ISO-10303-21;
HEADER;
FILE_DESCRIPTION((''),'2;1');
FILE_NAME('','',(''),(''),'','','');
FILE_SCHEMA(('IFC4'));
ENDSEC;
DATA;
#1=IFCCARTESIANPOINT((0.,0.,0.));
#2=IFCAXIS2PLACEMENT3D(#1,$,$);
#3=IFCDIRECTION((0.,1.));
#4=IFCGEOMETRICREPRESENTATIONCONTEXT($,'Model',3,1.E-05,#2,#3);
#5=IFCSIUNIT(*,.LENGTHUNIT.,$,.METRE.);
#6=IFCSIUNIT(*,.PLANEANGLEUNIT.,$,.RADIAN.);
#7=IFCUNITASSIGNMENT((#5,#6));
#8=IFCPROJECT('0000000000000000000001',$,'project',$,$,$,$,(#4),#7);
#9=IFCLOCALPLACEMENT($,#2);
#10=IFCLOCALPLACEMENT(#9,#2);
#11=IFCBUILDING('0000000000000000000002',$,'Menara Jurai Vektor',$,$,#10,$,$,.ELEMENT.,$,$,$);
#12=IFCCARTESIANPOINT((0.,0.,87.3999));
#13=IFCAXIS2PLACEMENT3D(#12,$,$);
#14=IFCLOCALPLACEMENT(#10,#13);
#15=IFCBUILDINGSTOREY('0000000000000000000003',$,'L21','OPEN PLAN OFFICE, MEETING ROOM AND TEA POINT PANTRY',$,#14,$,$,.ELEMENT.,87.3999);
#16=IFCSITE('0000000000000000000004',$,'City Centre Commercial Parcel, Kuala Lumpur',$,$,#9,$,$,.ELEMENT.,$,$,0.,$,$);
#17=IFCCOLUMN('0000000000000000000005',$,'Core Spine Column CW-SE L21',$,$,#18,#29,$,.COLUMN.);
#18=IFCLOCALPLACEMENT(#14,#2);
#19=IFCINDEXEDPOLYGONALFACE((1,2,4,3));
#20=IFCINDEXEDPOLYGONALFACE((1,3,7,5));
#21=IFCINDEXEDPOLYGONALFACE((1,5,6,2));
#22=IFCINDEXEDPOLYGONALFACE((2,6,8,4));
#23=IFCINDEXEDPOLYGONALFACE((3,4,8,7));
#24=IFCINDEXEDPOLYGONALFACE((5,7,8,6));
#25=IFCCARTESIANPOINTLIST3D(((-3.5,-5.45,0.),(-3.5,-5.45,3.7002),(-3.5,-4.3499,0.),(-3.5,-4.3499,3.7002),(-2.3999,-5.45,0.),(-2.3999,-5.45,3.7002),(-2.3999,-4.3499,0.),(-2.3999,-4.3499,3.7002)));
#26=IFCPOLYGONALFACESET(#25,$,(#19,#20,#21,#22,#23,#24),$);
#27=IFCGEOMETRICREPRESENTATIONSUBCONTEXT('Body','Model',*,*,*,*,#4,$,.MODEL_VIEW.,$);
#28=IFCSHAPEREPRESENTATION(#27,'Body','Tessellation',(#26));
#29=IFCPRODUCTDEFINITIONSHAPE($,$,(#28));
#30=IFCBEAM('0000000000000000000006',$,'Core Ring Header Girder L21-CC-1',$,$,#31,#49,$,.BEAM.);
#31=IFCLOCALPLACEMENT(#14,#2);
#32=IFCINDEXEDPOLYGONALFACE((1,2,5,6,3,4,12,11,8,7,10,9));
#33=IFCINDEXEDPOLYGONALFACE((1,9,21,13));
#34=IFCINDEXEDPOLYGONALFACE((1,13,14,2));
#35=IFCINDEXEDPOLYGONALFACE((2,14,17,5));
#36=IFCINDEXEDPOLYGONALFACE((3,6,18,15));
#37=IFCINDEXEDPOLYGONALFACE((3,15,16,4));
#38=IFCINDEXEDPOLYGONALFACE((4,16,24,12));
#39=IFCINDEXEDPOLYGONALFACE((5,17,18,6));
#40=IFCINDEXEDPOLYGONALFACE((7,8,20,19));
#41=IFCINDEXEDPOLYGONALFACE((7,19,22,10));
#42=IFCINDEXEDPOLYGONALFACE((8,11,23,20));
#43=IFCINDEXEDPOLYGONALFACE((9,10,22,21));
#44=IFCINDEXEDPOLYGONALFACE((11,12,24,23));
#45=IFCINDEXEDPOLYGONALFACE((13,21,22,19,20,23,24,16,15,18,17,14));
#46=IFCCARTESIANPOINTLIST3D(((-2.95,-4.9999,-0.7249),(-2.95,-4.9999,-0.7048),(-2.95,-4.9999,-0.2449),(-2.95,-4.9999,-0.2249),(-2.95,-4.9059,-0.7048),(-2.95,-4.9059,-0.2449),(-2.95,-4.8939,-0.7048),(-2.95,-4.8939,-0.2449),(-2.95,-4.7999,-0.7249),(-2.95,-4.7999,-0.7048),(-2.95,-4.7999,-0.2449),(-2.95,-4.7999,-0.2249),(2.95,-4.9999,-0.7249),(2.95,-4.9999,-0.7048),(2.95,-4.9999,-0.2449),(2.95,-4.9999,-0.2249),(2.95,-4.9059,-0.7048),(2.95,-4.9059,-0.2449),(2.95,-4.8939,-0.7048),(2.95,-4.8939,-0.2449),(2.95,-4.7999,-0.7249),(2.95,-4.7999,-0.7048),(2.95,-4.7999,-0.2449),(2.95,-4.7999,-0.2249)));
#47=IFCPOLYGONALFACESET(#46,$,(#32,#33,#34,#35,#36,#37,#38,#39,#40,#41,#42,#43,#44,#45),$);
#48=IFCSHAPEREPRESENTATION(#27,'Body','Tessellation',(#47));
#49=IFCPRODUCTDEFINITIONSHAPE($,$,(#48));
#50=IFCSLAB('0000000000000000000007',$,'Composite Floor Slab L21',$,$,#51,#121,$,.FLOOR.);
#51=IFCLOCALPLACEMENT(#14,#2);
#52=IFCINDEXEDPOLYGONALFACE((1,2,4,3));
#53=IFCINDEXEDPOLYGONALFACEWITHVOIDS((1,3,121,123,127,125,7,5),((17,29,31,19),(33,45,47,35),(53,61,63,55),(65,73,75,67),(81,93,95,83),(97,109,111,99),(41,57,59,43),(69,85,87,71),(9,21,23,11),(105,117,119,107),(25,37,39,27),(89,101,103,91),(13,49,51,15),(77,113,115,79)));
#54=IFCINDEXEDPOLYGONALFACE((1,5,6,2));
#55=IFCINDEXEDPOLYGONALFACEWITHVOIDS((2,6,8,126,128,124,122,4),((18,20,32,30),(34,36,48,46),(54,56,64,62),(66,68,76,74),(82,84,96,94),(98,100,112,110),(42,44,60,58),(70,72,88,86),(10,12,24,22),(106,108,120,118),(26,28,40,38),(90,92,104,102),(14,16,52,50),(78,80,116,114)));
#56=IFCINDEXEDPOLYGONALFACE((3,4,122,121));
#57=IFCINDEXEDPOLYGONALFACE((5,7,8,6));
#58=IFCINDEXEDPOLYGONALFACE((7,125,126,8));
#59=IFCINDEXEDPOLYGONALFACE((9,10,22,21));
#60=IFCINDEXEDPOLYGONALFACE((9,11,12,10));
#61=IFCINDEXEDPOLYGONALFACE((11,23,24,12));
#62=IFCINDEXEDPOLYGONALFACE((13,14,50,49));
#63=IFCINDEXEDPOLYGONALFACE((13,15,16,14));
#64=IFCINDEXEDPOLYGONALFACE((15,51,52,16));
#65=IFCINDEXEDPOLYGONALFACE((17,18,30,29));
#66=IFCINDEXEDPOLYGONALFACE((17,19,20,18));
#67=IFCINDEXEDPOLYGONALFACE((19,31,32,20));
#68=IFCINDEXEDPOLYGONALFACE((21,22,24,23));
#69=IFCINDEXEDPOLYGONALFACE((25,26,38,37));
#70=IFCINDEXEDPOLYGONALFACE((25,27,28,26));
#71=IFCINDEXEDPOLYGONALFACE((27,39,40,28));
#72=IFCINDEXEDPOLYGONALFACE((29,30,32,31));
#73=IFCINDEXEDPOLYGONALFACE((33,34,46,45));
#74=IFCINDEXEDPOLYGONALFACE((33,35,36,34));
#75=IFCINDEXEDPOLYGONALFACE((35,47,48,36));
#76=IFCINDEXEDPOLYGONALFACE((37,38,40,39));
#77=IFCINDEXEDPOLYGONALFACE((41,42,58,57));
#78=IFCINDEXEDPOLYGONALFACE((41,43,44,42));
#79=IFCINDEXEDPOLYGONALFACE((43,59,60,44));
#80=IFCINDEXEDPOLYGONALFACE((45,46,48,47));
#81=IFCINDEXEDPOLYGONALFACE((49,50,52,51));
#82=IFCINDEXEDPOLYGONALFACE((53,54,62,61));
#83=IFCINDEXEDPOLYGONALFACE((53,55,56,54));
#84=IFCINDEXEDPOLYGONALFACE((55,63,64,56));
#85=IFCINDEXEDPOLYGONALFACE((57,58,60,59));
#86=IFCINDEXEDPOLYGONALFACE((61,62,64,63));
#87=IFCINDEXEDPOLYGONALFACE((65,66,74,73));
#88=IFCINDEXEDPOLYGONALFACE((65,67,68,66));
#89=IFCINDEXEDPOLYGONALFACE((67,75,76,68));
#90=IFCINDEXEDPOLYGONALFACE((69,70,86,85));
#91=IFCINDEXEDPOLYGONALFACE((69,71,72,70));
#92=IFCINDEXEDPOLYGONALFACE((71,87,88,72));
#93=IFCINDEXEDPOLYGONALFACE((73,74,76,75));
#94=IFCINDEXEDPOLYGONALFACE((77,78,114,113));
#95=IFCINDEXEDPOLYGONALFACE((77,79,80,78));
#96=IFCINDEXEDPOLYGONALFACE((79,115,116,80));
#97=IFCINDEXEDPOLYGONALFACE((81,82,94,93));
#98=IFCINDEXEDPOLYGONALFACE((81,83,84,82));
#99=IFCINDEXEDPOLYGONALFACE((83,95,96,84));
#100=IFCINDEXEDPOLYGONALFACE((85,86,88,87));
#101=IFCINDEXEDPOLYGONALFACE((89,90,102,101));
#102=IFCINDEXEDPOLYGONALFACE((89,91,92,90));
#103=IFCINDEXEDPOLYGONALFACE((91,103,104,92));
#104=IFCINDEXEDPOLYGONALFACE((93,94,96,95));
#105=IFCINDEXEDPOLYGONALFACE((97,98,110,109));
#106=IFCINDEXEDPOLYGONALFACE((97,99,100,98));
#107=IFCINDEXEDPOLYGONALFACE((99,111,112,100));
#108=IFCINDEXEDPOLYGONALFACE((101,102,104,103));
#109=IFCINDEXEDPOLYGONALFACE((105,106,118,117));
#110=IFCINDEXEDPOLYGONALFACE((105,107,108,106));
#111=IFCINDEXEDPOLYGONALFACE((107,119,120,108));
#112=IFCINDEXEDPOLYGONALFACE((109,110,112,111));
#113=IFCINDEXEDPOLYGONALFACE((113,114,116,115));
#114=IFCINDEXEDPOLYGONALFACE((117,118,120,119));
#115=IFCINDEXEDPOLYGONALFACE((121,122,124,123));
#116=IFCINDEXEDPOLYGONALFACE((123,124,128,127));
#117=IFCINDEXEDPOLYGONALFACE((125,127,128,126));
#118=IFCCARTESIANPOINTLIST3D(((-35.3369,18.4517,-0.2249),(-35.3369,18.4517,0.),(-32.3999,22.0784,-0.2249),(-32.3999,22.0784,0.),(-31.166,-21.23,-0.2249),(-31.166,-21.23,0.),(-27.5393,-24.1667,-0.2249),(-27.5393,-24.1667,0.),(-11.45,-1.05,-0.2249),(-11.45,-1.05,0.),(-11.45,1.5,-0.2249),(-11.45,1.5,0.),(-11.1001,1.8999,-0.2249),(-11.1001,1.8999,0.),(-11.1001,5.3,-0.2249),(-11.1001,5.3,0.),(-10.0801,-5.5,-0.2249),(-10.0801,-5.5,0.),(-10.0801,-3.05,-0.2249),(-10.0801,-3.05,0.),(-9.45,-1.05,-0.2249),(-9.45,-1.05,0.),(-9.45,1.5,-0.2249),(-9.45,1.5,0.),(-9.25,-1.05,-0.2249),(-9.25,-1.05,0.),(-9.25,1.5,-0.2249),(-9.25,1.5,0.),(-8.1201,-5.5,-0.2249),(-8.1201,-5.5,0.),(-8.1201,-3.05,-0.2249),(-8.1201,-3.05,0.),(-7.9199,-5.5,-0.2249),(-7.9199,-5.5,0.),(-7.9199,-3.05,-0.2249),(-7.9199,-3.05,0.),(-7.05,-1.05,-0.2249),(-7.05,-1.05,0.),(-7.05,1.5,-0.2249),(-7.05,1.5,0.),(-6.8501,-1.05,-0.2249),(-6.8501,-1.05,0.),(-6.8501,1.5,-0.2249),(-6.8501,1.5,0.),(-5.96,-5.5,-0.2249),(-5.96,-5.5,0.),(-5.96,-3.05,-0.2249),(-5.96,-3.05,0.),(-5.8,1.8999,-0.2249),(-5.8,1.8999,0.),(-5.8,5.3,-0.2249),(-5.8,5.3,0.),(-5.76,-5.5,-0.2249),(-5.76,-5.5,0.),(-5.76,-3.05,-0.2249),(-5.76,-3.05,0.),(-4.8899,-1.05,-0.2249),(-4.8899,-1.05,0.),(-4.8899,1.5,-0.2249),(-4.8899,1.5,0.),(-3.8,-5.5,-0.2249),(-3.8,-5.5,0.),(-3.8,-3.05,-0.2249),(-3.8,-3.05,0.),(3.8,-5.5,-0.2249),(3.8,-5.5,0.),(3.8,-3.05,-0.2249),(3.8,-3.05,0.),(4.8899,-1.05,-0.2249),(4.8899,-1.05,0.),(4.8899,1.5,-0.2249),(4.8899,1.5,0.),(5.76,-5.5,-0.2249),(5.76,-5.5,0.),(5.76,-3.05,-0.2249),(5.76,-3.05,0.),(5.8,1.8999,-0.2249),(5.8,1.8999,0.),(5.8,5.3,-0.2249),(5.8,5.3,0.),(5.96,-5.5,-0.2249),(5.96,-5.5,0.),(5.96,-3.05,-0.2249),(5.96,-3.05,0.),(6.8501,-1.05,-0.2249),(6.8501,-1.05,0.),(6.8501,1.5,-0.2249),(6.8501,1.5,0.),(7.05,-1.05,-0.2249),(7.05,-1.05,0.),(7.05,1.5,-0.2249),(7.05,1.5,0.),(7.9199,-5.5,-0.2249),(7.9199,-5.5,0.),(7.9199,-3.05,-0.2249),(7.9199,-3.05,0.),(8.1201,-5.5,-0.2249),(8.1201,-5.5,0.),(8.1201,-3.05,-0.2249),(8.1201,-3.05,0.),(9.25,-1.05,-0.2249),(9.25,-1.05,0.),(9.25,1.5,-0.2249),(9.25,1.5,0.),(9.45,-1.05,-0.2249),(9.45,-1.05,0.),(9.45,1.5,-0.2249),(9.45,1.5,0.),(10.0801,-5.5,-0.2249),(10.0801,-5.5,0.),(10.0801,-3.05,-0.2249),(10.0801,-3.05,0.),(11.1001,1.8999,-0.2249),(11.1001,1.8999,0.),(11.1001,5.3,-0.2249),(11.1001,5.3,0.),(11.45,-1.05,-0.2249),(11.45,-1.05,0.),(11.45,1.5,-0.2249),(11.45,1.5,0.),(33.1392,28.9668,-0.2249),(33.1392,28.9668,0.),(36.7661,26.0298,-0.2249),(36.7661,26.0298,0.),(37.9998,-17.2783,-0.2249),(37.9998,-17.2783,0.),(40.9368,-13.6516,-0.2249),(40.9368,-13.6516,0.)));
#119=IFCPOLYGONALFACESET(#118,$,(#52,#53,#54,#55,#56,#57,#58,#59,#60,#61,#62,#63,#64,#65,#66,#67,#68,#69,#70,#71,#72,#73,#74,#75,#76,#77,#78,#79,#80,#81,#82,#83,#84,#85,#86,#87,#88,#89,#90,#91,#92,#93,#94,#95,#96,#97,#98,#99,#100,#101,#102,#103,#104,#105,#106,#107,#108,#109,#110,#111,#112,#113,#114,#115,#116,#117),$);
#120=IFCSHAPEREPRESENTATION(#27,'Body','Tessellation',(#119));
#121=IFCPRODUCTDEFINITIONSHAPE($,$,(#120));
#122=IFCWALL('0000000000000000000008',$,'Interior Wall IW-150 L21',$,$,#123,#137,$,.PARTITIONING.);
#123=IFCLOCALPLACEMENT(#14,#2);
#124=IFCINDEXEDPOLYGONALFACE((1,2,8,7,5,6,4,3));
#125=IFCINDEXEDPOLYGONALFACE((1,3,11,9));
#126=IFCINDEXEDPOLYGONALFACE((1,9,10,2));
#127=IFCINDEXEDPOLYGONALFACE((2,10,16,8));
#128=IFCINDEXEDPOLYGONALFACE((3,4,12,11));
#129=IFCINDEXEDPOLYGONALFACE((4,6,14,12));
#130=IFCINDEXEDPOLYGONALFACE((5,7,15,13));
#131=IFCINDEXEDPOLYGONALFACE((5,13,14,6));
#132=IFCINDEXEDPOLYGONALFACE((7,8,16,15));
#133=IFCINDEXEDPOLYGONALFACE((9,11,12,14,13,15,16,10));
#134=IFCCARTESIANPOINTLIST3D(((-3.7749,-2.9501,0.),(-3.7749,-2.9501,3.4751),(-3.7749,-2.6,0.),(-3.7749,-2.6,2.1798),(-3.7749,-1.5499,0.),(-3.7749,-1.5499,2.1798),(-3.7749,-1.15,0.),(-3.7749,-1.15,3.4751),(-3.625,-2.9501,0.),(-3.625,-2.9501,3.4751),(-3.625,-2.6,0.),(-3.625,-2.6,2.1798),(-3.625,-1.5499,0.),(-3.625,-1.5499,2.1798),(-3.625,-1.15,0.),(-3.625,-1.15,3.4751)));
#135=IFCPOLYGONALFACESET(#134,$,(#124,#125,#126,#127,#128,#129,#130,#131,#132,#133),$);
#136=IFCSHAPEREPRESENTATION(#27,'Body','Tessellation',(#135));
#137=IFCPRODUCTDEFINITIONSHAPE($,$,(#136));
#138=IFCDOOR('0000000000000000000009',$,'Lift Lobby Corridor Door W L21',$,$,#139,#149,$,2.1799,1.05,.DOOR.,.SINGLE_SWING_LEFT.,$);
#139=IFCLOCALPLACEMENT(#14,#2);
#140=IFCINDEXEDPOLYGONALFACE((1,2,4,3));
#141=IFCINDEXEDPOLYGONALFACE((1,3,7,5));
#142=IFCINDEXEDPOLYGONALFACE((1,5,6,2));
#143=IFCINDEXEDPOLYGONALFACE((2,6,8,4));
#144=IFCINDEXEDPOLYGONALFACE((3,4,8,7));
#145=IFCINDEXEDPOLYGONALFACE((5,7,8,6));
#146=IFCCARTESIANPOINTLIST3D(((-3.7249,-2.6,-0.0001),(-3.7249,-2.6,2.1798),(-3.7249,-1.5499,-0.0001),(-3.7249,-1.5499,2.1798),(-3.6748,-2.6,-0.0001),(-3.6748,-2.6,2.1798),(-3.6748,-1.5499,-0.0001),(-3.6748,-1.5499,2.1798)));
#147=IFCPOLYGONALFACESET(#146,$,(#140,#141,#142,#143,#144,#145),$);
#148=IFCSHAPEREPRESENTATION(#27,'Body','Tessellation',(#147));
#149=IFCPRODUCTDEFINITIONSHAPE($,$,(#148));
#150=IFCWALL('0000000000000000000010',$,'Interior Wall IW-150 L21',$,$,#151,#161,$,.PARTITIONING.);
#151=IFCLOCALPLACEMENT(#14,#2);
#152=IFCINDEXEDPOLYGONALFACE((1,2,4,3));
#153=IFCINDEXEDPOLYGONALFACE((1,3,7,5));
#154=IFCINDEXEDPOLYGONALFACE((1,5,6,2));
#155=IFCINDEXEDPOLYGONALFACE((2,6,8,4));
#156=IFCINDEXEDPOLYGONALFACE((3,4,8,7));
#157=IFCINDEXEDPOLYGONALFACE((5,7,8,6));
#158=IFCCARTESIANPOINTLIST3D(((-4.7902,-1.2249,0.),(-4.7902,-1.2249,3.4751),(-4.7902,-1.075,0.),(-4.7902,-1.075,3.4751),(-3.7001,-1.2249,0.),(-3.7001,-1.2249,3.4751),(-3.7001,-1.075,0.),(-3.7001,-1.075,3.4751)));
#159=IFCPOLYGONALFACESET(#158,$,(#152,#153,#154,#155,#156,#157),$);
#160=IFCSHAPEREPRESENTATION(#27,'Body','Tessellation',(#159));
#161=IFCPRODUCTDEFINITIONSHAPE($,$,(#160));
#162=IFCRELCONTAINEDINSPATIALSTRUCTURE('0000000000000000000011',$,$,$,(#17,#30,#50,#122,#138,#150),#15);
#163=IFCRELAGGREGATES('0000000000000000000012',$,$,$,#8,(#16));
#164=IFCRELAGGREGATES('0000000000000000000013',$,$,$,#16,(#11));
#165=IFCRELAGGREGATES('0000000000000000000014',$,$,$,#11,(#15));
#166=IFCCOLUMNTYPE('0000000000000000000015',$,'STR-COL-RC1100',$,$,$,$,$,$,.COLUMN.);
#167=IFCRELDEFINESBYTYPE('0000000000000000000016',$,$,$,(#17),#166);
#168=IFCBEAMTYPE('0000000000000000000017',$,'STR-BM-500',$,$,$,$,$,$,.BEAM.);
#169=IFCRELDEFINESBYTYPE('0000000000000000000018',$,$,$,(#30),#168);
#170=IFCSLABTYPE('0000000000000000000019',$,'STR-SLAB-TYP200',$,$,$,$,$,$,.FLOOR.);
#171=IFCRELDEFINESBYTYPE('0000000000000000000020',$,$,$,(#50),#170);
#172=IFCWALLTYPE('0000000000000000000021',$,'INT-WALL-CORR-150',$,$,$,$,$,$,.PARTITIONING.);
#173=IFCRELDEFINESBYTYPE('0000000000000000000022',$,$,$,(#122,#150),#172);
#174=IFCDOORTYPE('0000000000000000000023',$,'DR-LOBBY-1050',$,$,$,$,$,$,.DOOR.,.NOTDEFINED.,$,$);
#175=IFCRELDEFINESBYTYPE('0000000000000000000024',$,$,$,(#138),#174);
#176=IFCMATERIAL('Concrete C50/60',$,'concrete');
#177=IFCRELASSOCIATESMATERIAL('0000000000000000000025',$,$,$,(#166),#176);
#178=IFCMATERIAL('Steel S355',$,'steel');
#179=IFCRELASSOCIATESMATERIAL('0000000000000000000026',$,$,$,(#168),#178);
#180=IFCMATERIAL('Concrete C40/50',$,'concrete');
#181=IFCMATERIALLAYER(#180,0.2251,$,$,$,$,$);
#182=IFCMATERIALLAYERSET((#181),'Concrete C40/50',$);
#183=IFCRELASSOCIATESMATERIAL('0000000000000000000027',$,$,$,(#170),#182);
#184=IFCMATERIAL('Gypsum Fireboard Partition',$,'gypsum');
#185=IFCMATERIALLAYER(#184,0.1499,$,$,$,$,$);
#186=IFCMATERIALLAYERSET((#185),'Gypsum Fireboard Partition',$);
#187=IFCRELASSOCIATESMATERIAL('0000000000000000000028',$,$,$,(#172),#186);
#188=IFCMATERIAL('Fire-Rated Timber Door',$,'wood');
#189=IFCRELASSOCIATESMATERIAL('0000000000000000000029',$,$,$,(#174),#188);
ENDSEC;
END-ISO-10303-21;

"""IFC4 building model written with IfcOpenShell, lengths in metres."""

from ifc_helpers import new_model, si_unit, direction, frame, frame_2d, origin, origin_2d, place, context, subcontext, project, spatial, polyline, rectangle, i_section, outline, extrude, material, layer, layer_set, material_profile, profile_set, type_object, element, fill, save


model = new_model("IFC4")

# Units and contexts
model_context = context("Model", 3, precision=1e-05, world=origin(), true_north=direction((0.0, 1.0)))
body_context = subcontext(model_context, "Body", "Model", "MODEL_VIEW")
ifc_project = project(units=[si_unit("LENGTHUNIT", "METRE"), si_unit("PLANEANGLEUNIT", "RADIAN")], contexts=[model_context])

# Site, building, storey
site_placement = place(None, origin())
site = spatial("IfcSite", under=ifc_project, at=site_placement, Name="City Centre Commercial Parcel, Kuala Lumpur", CompositionType="ELEMENT", RefElevation=0.0)
building_placement = place(site_placement, origin())
building = spatial("IfcBuilding", under=site, at=building_placement, Name="Menara Jurai Vektor", CompositionType="ELEMENT")
storey_placement = place(building_placement, frame((0.0, 0.0, 87.3999)))
storey = spatial("IfcBuildingStorey", under=building, at=storey_placement, Name="L21", Description="OPEN PLAN OFFICE, MEETING ROOM AND TEA POINT PANTRY", CompositionType="ELEMENT", Elevation=87.3999)

# Column
ifc_material_1 = material(Name="Concrete C50/60", Category="concrete")
ifc_material_profile_1 = material_profile(ifc_material_1, rectangle(XDim=1.1001, YDim=1.1001, at=origin_2d()), Name="RC 1100x1100")
ifc_profile_set_1 = profile_set([ifc_material_profile_1], Name="Concrete C50/60")
column_type = type_object("IfcColumnType", Name="STR-COL-RC1100", PredefinedType="COLUMN", material=ifc_profile_set_1)
column_placement = place(storey_placement, frame((-2.95, -4.8999, 0.0), z_axis=(0.0, 0.0, 1.0), x_axis=(1.0, 0.0, 0.0)))
element("IfcColumn", 1, at=column_placement, inside=storey, type_object=column_type, Name="Core Spine Column CW-SE L21", PredefinedType="COLUMN", context=body_context, shape_type="SweptSolid", body=[
    extrude(rectangle(XDim=1.1001, YDim=1.1001, at=origin_2d()), origin(), (0.0, 0.0, 1.0), 3.7002),
])

# Beam
ifc_material_2 = material(Name="Steel S355", Category="steel")
ifc_material_profile_2 = material_profile(ifc_material_2, i_section(OverallWidth=0.2, OverallDepth=0.5, WebThickness=0.012, FlangeThickness=0.02, at=origin_2d()), Name="PG 500x200x96")
ifc_profile_set_2 = profile_set([ifc_material_profile_2], Name="Steel S355")
beam_type = type_object("IfcBeamType", Name="STR-BM-500", PredefinedType="BEAM", material=ifc_profile_set_2)
beam_placement = place(storey_placement, frame((-2.95, -4.8999, -0.4749), z_axis=(1.0, 0.0, 0.0), x_axis=(0.0, 1.0, 0.0)))
element("IfcBeam", 2, at=beam_placement, inside=storey, type_object=beam_type, Name="Core Ring Header Girder L21-CC-1", PredefinedType="BEAM", context=body_context, shape_type="SweptSolid", body=[
    extrude(i_section(OverallWidth=0.2, OverallDepth=0.5, WebThickness=0.012, FlangeThickness=0.02, at=origin_2d()), origin(), (0.0, 0.0, 1.0), 5.8999),
])

# Slab
ifc_material_3 = material(Name="Concrete C40/50", Category="concrete")
ifc_layer_1 = layer(ifc_material_3, 0.2251)
ifc_layer_set_1 = layer_set([ifc_layer_1], Name="Concrete C40/50")
slab_type = type_object("IfcSlabType", Name="STR-SLAB-TYP200", PredefinedType="FLOOR", material=ifc_layer_set_1)
slab_placement = place(storey_placement, frame((0.0, 0.0, -0.2249)))
element("IfcSlab", 3, at=slab_placement, inside=storey, type_object=slab_type, Name="Composite Floor Slab L21", PredefinedType="FLOOR", context=body_context, shape_type="SweptSolid", body=[
    extrude(outline(polyline([(-27.5393, -24.1667), (37.9998, -17.2783), (40.9368, -13.6516), (36.7661, 26.0298), (33.1392, 28.9668), (-32.3999, 22.0784), (-35.3369, 18.4517), (-31.166, -21.23), (-27.5393, -24.1667)]), holes=[polyline([(-11.1001, 1.8999), (-11.1001, 5.3), (-5.8, 5.3), (-5.8, 1.8999), (-11.1001, 1.8999)]), polyline([(5.8, 1.8999), (5.8, 5.3), (11.1001, 5.3), (11.1001, 1.8999), (5.8, 1.8999)]), polyline([(-11.45, -1.05), (-11.45, 1.5), (-9.45, 1.5), (-9.45, -1.05), (-11.45, -1.05)]), polyline([(9.45, -1.05), (9.45, 1.5), (11.45, 1.5), (11.45, -1.05), (9.45, -1.05)]), polyline([(-5.76, -5.5), (-5.76, -3.05), (-3.8, -3.05), (-3.8, -5.5), (-5.76, -5.5)]), polyline([(-6.8501, -1.05), (-6.8501, 1.5), (-4.8899, 1.5), (-4.8899, -1.05), (-6.8501, -1.05)]), polyline([(3.8, -5.5), (3.8, -3.05), (5.76, -3.05), (5.76, -5.5), (3.8, -5.5)]), polyline([(4.8899, -1.05), (4.8899, 1.5), (6.8501, 1.5), (6.8501, -1.05), (4.8899, -1.05)]), polyline([(-10.0801, -5.5), (-10.0801, -3.05), (-8.1201, -3.05), (-8.1201, -5.5), (-10.0801, -5.5)]), polyline([(-7.9199, -5.5), (-7.9199, -3.05), (-5.96, -3.05), (-5.96, -5.5), (-7.9199, -5.5)]), polyline([(5.96, -5.5), (5.96, -3.05), (7.9199, -3.05), (7.9199, -5.5), (5.96, -5.5)]), polyline([(8.1201, -5.5), (8.1201, -3.05), (10.0801, -3.05), (10.0801, -5.5), (8.1201, -5.5)]), polyline([(-9.25, -1.05), (-9.25, 1.5), (-7.05, 1.5), (-7.05, -1.05), (-9.25, -1.05)]), polyline([(7.05, -1.05), (7.05, 1.5), (9.25, 1.5), (9.25, -1.05), (7.05, -1.05)])]), origin(), (0.0, 0.0, 1.0), 0.2249),
])

# Wall, opening, door
ifc_material_4 = material(Name="Gypsum Fireboard Partition", Category="gypsum")
ifc_layer_2 = layer(ifc_material_4, 0.1499)
ifc_layer_set_2 = layer_set([ifc_layer_2], Name="Gypsum Fireboard Partition")
wall_type_1 = type_object("IfcWallType", Name="INT-WALL-CORR-150", PredefinedType="PARTITIONING", material=ifc_layer_set_2)
wall_1_placement = place(storey_placement, frame((-3.7, -2.95, 0.0), z_axis=(0.0, 0.0, 1.0), x_axis=(0.0, 1.0, 0.0)))
wall_1 = element("IfcWall", 4, at=wall_1_placement, inside=storey, type_object=wall_type_1, Name="Interior Wall IW-150 L21", PredefinedType="PARTITIONING", context=body_context, shape_type="SweptSolid", body=[
    extrude(rectangle(XDim=1.8, YDim=0.1499, at=frame_2d((0.8999, 0.0))), origin(), (0.0, 0.0, 1.0), 3.4751),
])
opening_1_placement = place(wall_1_placement, frame((0.3501, 0.0, 0.0)))
opening_1 = element("IfcOpeningElement", 5, at=opening_1_placement, cuts=wall_1, PredefinedType="OPENING", context=body_context, shape_type="SweptSolid", body=[
    extrude(rectangle(XDim=1.05, YDim=2.1799, at=frame_2d((0.5249, 1.0898))), frame((0.0, 0.085, 0.0), z_axis=(0.0, -1.0, 0.0), x_axis=(1.0, 0.0, 0.0)), (0.0, 0.0, 1.0), 0.1699),
])
ifc_material_5 = material(Name="Fire-Rated Timber Door", Category="wood")
door_type_1 = type_object("IfcDoorType", Name="DR-LOBBY-1050", OperationType="NOTDEFINED", PredefinedType="DOOR", material=ifc_material_5)
door_1_placement = place(opening_1_placement, origin())
door_1 = element("IfcDoor", 6, at=door_1_placement, inside=storey, type_object=door_type_1, Name="Lift Lobby Corridor Door W L21", OperationType="SINGLE_SWING_LEFT", OverallHeight=2.1799, OverallWidth=1.05, PredefinedType="DOOR", context=body_context, shape_type="SweptSolid", body=[
    extrude(rectangle(XDim=1.05, YDim=2.1799, at=frame_2d((0.5249, 1.0898))), frame((0.0, 0.0249, 0.0), z_axis=(0.0, -1.0, 0.0), x_axis=(1.0, 0.0, 0.0)), (0.0, 0.0, 1.0), 0.05),
])
fill(opening_1, door_1)

# Wall
wall_2_placement = place(storey_placement, frame((-4.79, -1.1499, 0.0), z_axis=(0.0, 0.0, 1.0), x_axis=(1.0, 0.0, 0.0)))
element("IfcWall", 7, at=wall_2_placement, inside=storey, type_object=wall_type_1, Name="Interior Wall IW-150 L21", PredefinedType="PARTITIONING", context=body_context, shape_type="SweptSolid", body=[
    extrude(rectangle(XDim=1.0901, YDim=0.1499, at=frame_2d((0.5449, 0.0))), origin(), (0.0, 0.0, 1.0), 3.4751),
])

save(model, "model.ifc")
